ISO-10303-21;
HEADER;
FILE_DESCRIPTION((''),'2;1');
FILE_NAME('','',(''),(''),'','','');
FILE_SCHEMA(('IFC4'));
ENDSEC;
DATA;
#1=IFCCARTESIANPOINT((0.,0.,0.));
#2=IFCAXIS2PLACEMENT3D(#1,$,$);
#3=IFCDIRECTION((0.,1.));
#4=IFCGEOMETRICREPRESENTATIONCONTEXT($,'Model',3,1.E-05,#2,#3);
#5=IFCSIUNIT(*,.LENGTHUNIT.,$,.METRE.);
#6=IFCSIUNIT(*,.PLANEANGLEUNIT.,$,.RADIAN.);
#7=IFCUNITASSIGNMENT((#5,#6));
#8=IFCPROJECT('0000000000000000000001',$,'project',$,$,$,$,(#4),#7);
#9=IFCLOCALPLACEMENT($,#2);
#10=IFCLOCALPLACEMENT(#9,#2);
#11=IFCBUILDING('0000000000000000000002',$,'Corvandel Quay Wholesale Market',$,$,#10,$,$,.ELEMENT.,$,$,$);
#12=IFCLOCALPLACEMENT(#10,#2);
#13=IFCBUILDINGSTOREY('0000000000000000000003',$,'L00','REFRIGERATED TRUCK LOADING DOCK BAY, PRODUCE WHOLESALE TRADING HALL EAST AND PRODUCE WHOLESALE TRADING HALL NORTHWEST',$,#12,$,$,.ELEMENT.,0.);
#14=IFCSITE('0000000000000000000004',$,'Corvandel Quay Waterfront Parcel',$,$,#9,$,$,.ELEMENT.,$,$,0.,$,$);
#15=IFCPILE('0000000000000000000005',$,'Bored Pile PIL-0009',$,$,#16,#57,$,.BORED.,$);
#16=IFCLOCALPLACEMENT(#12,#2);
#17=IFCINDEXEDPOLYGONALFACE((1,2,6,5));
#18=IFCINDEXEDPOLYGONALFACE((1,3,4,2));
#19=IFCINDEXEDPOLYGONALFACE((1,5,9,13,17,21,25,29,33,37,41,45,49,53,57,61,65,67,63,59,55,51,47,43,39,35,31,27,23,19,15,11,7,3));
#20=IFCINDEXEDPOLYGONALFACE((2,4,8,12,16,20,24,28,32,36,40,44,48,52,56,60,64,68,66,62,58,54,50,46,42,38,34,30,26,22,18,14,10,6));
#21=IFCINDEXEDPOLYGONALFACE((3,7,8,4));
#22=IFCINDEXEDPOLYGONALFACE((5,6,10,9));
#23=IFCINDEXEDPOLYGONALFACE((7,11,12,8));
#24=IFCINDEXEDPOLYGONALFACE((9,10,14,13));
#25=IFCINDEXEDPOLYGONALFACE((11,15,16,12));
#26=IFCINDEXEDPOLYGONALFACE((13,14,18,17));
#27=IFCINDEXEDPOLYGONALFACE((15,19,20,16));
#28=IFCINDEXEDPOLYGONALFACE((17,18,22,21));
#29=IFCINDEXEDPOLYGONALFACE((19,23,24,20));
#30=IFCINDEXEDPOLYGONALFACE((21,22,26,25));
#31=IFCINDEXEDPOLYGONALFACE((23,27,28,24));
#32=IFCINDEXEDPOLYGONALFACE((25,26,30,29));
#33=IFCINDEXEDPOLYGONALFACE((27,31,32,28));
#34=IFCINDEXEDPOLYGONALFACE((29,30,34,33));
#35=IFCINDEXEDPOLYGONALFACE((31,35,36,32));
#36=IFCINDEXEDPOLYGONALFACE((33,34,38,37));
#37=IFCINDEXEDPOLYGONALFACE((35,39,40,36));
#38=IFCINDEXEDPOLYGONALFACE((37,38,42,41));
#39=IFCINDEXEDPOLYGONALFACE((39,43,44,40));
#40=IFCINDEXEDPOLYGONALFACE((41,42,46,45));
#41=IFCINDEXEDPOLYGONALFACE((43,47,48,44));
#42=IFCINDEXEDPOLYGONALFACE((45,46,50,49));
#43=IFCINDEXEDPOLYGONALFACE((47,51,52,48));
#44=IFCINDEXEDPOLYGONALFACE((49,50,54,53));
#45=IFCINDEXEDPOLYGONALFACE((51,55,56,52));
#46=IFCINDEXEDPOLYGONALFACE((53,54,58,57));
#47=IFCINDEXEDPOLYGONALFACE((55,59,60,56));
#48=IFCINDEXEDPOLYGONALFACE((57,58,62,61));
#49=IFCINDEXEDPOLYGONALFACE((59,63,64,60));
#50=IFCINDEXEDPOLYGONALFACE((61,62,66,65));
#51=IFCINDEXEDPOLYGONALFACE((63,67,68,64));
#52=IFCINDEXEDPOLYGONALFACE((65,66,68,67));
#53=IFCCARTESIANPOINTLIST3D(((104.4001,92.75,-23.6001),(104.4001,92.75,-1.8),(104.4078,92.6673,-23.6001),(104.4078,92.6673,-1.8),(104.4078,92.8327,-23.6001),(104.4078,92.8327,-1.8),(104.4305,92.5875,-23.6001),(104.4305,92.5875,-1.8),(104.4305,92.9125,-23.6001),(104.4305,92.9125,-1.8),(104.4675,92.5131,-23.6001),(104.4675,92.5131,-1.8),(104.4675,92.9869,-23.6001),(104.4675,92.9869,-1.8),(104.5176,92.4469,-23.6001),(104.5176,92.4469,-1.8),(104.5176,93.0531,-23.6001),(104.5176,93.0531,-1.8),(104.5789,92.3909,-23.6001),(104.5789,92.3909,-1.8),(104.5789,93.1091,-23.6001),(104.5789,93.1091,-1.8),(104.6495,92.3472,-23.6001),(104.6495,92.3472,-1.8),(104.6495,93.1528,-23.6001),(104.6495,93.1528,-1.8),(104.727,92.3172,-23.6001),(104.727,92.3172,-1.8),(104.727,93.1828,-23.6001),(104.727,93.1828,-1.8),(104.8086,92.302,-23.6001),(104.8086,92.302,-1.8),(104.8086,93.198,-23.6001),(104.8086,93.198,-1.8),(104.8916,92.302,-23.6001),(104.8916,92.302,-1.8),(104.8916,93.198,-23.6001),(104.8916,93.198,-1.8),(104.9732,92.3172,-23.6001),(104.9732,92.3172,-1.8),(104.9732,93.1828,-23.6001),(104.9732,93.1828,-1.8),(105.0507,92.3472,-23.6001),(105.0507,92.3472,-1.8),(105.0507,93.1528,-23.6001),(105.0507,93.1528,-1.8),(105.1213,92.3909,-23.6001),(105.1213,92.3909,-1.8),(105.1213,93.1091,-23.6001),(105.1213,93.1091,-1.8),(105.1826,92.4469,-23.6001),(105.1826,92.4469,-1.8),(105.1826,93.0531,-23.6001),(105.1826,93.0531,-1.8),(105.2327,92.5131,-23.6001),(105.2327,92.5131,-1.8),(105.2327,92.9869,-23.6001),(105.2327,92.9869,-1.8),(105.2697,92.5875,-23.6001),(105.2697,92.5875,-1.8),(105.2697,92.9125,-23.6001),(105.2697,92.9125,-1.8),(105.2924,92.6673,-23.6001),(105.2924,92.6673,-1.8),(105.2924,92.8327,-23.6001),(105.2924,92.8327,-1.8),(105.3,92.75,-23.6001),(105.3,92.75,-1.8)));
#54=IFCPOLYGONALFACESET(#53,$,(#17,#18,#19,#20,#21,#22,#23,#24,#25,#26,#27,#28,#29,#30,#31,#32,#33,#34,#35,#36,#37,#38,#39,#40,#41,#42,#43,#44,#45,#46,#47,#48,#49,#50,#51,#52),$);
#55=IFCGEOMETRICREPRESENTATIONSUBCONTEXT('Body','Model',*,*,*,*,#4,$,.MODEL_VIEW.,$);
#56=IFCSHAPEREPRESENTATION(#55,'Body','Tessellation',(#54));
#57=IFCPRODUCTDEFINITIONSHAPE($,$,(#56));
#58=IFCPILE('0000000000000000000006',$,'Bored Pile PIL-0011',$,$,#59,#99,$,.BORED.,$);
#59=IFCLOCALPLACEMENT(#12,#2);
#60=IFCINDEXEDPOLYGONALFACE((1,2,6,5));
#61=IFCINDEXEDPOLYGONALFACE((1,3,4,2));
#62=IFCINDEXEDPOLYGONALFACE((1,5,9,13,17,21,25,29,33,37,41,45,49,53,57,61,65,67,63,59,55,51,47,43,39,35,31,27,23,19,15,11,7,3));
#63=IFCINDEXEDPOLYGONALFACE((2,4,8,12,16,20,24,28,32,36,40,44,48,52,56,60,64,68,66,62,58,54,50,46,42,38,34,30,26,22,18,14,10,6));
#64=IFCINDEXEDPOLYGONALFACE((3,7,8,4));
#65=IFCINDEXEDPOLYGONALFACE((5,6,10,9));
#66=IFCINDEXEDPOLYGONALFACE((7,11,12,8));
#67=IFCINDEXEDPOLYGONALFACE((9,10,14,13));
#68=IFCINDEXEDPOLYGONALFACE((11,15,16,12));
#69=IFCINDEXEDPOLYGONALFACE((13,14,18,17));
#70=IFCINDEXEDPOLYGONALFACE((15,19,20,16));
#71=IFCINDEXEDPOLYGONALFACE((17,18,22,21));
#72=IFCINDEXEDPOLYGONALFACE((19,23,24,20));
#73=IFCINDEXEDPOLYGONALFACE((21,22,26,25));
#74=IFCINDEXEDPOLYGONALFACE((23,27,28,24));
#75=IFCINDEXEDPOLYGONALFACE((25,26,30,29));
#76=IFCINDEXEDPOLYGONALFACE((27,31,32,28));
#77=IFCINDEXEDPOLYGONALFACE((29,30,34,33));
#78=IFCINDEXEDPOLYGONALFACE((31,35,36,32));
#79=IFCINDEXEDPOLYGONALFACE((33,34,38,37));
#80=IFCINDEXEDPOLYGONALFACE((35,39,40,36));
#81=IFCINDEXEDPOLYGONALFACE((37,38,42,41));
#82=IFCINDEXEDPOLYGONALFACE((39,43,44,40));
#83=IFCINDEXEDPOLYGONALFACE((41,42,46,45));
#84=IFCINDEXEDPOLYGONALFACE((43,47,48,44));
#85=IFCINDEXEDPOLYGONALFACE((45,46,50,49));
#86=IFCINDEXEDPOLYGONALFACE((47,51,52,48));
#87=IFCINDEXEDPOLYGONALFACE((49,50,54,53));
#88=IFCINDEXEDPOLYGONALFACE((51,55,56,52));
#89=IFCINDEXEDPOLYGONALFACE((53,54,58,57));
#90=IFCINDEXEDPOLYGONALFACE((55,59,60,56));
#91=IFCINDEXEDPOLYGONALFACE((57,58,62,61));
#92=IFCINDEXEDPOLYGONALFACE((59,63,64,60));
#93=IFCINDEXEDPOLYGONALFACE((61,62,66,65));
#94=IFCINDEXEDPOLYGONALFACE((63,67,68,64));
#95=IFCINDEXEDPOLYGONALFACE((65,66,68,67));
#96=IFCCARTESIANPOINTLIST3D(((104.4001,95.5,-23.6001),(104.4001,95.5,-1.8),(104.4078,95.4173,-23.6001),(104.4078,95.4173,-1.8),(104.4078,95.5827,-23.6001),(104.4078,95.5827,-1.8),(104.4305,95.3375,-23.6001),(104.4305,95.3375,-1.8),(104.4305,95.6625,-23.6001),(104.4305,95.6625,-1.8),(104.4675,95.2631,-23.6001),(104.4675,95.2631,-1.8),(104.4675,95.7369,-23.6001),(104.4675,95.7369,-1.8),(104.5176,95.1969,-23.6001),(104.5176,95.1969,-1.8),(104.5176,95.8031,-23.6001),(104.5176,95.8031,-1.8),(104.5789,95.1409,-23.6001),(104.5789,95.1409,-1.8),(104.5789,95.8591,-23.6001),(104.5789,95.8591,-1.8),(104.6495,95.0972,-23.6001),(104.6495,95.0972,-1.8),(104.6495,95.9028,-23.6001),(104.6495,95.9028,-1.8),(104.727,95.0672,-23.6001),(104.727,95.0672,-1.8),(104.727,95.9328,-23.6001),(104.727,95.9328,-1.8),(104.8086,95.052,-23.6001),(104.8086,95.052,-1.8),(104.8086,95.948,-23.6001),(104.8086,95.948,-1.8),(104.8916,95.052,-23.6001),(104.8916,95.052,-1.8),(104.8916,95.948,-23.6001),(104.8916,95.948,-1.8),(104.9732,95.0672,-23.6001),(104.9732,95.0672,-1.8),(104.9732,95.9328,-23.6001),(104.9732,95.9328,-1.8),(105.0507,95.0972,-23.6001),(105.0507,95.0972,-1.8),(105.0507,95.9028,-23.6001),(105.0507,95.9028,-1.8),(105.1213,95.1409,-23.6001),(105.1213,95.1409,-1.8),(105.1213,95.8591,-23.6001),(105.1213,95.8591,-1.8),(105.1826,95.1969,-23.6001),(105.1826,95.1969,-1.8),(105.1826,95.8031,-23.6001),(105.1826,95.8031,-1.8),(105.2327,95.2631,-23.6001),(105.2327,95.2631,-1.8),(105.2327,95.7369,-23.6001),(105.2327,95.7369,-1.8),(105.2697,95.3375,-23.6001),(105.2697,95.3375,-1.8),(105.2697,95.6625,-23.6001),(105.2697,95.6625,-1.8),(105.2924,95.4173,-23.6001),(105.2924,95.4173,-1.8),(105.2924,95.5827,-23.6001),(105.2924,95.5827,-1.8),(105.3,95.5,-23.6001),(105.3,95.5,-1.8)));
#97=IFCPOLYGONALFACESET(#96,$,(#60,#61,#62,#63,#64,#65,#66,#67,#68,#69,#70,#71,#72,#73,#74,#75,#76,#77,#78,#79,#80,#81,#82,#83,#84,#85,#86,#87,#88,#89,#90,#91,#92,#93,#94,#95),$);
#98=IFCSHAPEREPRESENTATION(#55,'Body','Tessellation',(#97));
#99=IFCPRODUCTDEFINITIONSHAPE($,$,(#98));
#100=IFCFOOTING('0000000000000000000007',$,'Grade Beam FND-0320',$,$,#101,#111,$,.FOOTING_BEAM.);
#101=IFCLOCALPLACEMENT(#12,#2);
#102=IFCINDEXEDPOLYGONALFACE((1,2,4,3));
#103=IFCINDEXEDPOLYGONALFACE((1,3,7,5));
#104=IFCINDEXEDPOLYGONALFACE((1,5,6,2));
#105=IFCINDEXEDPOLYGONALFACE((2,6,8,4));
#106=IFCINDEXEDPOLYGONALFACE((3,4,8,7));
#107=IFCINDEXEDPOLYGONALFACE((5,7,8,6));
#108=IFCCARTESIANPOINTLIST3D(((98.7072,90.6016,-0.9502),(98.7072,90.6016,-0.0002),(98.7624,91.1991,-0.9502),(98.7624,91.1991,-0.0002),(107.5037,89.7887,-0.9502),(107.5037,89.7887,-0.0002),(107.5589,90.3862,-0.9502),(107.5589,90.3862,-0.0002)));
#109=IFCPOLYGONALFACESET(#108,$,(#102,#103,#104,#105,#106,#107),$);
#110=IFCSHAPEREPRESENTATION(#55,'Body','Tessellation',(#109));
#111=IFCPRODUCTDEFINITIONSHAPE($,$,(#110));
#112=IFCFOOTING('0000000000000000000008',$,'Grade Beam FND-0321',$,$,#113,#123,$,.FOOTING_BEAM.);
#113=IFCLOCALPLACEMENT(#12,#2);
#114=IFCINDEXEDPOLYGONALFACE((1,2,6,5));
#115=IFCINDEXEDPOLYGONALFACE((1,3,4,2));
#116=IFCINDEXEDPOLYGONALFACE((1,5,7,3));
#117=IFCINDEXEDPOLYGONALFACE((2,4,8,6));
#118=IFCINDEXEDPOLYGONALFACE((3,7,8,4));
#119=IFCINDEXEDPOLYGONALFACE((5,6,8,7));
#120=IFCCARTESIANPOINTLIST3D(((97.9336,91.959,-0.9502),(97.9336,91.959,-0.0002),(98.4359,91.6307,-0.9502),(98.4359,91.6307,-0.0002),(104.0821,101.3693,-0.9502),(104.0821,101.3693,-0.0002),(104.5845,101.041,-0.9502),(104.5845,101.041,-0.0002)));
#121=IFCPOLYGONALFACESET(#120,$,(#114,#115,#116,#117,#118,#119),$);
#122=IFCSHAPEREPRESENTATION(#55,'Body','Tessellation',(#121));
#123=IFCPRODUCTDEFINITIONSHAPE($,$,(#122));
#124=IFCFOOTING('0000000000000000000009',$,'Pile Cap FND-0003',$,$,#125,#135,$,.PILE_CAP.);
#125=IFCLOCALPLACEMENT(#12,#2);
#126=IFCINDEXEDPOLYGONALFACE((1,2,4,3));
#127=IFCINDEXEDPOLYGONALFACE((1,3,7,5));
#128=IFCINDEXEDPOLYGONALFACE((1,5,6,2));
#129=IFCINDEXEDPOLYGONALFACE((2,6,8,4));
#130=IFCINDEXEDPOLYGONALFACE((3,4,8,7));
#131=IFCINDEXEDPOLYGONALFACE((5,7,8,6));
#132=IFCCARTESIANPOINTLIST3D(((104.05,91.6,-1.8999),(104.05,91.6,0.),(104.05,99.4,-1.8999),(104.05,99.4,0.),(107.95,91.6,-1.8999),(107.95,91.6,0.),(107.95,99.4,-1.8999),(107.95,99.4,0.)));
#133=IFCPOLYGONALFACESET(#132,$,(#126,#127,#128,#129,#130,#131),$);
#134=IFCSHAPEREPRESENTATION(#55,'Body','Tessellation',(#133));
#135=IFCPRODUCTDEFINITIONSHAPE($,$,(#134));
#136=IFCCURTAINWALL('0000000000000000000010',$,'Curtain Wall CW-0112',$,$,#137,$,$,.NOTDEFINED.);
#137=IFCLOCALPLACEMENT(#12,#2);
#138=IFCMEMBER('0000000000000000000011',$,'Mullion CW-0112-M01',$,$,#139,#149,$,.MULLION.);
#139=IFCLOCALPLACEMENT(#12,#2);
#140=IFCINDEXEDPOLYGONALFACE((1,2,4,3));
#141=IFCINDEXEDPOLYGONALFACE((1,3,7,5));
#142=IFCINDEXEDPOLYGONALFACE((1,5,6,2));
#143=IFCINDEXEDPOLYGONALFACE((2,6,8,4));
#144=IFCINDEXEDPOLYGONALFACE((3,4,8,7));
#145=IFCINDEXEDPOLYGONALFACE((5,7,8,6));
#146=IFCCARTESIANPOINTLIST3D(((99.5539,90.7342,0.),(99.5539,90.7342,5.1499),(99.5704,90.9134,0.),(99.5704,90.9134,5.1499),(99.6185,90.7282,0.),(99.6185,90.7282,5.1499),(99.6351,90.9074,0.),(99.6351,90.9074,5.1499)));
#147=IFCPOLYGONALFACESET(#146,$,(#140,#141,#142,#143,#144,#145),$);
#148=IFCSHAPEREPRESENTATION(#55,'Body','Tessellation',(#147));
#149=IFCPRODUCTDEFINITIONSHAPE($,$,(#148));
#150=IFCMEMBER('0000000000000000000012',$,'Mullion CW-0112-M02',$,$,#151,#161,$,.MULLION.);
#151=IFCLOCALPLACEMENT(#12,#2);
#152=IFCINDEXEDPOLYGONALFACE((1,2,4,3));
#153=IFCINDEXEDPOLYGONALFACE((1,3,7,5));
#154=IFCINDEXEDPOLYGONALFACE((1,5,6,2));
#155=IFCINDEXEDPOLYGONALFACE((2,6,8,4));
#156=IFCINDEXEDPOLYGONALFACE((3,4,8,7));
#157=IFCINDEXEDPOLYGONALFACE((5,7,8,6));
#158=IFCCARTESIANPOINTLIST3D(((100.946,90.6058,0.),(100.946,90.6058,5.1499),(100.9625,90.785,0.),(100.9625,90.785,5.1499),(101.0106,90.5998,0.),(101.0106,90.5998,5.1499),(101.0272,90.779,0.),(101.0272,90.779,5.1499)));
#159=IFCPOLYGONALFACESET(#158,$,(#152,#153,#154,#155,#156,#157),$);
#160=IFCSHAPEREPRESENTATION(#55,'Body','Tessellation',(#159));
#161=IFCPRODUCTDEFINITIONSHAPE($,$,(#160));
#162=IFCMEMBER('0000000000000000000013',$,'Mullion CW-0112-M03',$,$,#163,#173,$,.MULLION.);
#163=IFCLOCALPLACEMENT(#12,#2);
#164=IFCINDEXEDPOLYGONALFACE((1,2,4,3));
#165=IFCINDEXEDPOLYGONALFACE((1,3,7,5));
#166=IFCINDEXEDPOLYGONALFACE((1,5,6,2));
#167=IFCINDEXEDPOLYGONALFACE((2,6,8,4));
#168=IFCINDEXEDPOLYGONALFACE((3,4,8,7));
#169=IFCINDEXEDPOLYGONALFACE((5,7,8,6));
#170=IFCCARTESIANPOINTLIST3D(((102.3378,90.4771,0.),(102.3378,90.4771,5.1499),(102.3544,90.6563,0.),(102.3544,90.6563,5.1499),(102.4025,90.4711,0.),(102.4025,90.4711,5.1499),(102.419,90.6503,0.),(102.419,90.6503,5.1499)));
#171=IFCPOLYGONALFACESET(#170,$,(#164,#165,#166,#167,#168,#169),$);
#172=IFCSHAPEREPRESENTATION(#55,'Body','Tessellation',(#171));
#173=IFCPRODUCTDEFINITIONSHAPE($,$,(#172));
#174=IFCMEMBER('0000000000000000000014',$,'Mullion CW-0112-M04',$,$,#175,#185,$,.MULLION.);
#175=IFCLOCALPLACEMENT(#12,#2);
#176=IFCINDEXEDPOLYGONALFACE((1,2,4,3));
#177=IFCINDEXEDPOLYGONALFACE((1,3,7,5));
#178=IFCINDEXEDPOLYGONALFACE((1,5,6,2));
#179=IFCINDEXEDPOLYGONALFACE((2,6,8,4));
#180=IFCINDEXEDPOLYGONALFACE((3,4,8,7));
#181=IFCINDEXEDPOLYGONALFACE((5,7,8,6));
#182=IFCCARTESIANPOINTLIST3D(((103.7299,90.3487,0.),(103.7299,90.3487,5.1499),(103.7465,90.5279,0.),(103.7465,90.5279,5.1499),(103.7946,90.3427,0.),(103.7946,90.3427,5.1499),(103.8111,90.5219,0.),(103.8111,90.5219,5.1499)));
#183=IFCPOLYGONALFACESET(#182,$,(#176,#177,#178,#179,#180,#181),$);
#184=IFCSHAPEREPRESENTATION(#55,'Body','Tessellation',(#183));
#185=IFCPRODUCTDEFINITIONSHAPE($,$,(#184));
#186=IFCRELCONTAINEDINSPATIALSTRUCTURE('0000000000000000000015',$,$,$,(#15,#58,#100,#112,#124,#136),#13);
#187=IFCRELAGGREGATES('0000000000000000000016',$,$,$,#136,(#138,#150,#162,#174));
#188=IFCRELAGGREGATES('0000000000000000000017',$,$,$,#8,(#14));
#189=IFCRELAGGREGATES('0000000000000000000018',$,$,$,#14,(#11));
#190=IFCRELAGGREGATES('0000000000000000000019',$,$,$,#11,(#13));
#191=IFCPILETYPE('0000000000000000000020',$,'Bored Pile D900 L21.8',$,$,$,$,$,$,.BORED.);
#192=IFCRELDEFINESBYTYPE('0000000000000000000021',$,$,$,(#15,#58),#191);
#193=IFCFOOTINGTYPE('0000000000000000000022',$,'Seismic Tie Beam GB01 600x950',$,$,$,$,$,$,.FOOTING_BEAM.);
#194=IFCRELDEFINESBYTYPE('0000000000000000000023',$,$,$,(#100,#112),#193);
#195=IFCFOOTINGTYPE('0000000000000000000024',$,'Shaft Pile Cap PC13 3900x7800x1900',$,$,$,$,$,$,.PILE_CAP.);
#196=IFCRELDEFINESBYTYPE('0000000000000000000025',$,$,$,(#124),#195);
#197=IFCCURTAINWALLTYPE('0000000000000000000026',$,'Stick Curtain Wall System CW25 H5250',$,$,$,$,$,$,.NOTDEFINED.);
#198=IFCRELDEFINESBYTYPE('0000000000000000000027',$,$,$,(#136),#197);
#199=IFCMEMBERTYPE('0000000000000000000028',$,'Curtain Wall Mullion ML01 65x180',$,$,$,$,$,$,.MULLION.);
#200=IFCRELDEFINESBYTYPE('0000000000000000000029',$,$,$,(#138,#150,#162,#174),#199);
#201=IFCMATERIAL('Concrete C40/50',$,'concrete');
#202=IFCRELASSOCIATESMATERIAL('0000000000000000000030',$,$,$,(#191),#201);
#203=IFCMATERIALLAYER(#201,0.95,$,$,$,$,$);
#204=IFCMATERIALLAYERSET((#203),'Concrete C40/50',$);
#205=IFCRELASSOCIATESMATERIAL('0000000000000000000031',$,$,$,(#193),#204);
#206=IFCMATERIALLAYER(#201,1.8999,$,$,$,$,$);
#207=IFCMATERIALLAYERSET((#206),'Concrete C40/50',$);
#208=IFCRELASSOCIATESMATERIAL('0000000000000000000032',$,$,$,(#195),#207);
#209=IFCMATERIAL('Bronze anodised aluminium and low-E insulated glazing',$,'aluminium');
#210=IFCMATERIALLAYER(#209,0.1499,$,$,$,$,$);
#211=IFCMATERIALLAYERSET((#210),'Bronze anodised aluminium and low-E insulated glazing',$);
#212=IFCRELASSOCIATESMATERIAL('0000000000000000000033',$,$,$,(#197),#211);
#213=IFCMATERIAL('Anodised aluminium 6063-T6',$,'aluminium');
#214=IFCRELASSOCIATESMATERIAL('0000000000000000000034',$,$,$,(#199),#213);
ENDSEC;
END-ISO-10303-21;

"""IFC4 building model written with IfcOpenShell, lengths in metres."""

from ifc_helpers import new_model, si_unit, direction, frame, origin, origin_2d, place, context, subcontext, project, spatial, rectangle, circle, extrude, material, layer, layer_set, material_profile, profile_set, type_object, element, aggregate, save


model = new_model("IFC4")

# Units and contexts
model_context = context("Model", 3, precision=1e-05, world=origin(), true_north=direction((0.0, 1.0)))
body_context = subcontext(model_context, "Body", "Model", "MODEL_VIEW")
ifc_project = project(units=[si_unit("LENGTHUNIT", "METRE"), si_unit("PLANEANGLEUNIT", "RADIAN")], contexts=[model_context])

# Site, building, storey
site_placement = place(None, origin())
site = spatial("IfcSite", under=ifc_project, at=site_placement, Name="Corvandel Quay Waterfront Parcel", CompositionType="ELEMENT", RefElevation=0.0)
building_placement = place(site_placement, origin())
building = spatial("IfcBuilding", under=site, at=building_placement, Name="Corvandel Quay Wholesale Market", CompositionType="ELEMENT")
storey_placement = place(building_placement, origin())
storey = spatial("IfcBuildingStorey", under=building, at=storey_placement, Name="L00", Description="REFRIGERATED TRUCK LOADING DOCK BAY, PRODUCE WHOLESALE TRADING HALL EAST AND PRODUCE WHOLESALE TRADING HALL NORTHWEST", CompositionType="ELEMENT", Elevation=0.0)

# Piles
ifc_material_1 = material(Name="Concrete C40/50", Category="concrete")
ifc_material_profile_1 = material_profile(ifc_material_1, circle(Radius=0.45, at=origin_2d()), Name="RC-PILE-D900")
ifc_profile_set_1 = profile_set([ifc_material_profile_1], Name="Concrete C40/50")
pile_type = type_object("IfcPileType", Name="Bored Pile D900 L21.8", PredefinedType="BORED", material=ifc_profile_set_1)
for number, where, z_axis, x_axis, name in (
    (1, (104.8501, 92.75, -1.8), (0.0, 0.0, -1.0), (1.0, 0.0, 0.0), "Bored Pile PIL-0009"),
    (2, (104.8501, 95.5, -1.8), (0.0, 0.0, -1.0), (1.0, 0.0, 0.0), "Bored Pile PIL-0011"),
):
    element("IfcPile", number, at=place(storey_placement, frame(where, z_axis=z_axis, x_axis=x_axis)), inside=storey, type_object=pile_type, Name=name, PredefinedType="BORED", context=body_context, shape_type="SweptSolid", body=[
        extrude(circle(Radius=0.45, at=origin_2d()), origin(), (0.0, 0.0, 1.0), 21.8),
    ])

# Footings
ifc_layer_1 = layer(ifc_material_1, 0.95)
ifc_layer_set_1 = layer_set([ifc_layer_1], Name="Concrete C40/50")
footing_type_1 = type_object("IfcFootingType", Name="Seismic Tie Beam GB01 600x950", PredefinedType="FOOTING_BEAM", material=ifc_layer_set_1)
footing_1_placement = place(storey_placement, frame((103.1331, 90.4939, -0.9502), z_axis=(0.0, 0.0, 1.0), x_axis=(-0.995757, 0.092023, 0.0)))
element("IfcFooting", 3, at=footing_1_placement, inside=storey, type_object=footing_type_1, Name="Grade Beam FND-0320", PredefinedType="FOOTING_BEAM", context=body_context, shape_type="SweptSolid", body=[
    extrude(rectangle(XDim=8.834, YDim=0.6001, at=origin_2d()), origin(), (0.0, 0.0, 1.0), 0.95),
])
footing_2_placement = place(storey_placement, frame((101.259, 96.5, -0.9502), z_axis=(0.0, 0.0, 1.0), x_axis=(0.546979, 0.837146, 0.0)))
element("IfcFooting", 4, at=footing_2_placement, inside=storey, type_object=footing_type_1, Name="Grade Beam FND-0321", PredefinedType="FOOTING_BEAM", context=body_context, shape_type="SweptSolid", body=[
    extrude(rectangle(XDim=11.241, YDim=0.6001, at=origin_2d()), origin(), (0.0, 0.0, 1.0), 0.95),
])
ifc_layer_2 = layer(ifc_material_1, 1.8999)
ifc_layer_set_2 = layer_set([ifc_layer_2], Name="Concrete C40/50")
footing_type_2 = type_object("IfcFootingType", Name="Shaft Pile Cap PC13 3900x7800x1900", PredefinedType="PILE_CAP", material=ifc_layer_set_2)
footing_3_placement = place(storey_placement, frame((106.0, 95.5, -1.8999), z_axis=(0.0, 0.0, 1.0), x_axis=(1.0, 0.0, 0.0)))
element("IfcFooting", 5, at=footing_3_placement, inside=storey, type_object=footing_type_2, Name="Pile Cap FND-0003", PredefinedType="PILE_CAP", context=body_context, shape_type="SweptSolid", body=[
    extrude(rectangle(XDim=3.8999, YDim=7.8, at=origin_2d()), origin(), (0.0, 0.0, 1.0), 1.8999),
])

# Curtain wall, members
ifc_material_2 = material(Name="Bronze anodised aluminium and low-E insulated glazing", Category="aluminium")
ifc_layer_3 = layer(ifc_material_2, 0.1499)
ifc_layer_set_3 = layer_set([ifc_layer_3], Name="Bronze anodised aluminium and low-E insulated glazing")
curtain_wall_type = type_object("IfcCurtainWallType", Name="Stick Curtain Wall System CW25 H5250", PredefinedType="NOTDEFINED", material=ifc_layer_set_3)
curtain_wall_placement = place(storey_placement, origin())
curtain_wall = element("IfcCurtainWall", 6, at=curtain_wall_placement, inside=storey, type_object=curtain_wall_type, Name="Curtain Wall CW-0112", PredefinedType="NOTDEFINED")
ifc_material_3 = material(Name="Anodised aluminium 6063-T6", Category="aluminium")
ifc_material_profile_2 = material_profile(ifc_material_3, rectangle(XDim=0.0649, YDim=0.1799, at=origin_2d()), Name="ALU-MUL-65x180")
ifc_profile_set_2 = profile_set([ifc_material_profile_2], Name="Anodised aluminium 6063-T6")
member_type_1 = type_object("IfcMemberType", Name="Curtain Wall Mullion ML01 65x180", PredefinedType="MULLION", material=ifc_profile_set_2)
member_1_placement = place(storey_placement, frame((99.5945, 90.8208, 0.0), z_axis=(0.0, 0.0, 1.0), x_axis=(-0.995757, 0.092023, 0.0)))
member_1 = element("IfcMember", 7, at=member_1_placement, type_object=member_type_1, Name="Mullion CW-0112-M01", PredefinedType="MULLION", context=body_context, shape_type="SweptSolid", body=[
    extrude(rectangle(XDim=0.0649, YDim=0.1799, at=origin_2d()), origin(), (0.0, 0.0, 1.0), 5.1499),
])
member_2_placement = place(storey_placement, frame((100.9866, 90.6924, 0.0), z_axis=(0.0, 0.0, 1.0), x_axis=(-0.995757, 0.092023, 0.0)))
member_2 = element("IfcMember", 8, at=member_2_placement, type_object=member_type_1, Name="Mullion CW-0112-M02", PredefinedType="MULLION", context=body_context, shape_type="SweptSolid", body=[
    extrude(rectangle(XDim=0.0649, YDim=0.1799, at=origin_2d()), origin(), (0.0, 0.0, 1.0), 5.1499),
])
member_3_placement = place(storey_placement, frame((102.3784, 90.5637, 0.0), z_axis=(0.0, 0.0, 1.0), x_axis=(-0.995757, 0.092023, 0.0)))
member_3 = element("IfcMember", 9, at=member_3_placement, type_object=member_type_1, Name="Mullion CW-0112-M03", PredefinedType="MULLION", context=body_context, shape_type="SweptSolid", body=[
    extrude(rectangle(XDim=0.0649, YDim=0.1799, at=origin_2d()), origin(), (0.0, 0.0, 1.0), 5.1499),
])
member_4_placement = place(storey_placement, frame((103.7705, 90.4353, 0.0), z_axis=(0.0, 0.0, 1.0), x_axis=(-0.995757, 0.092023, 0.0)))
member_4 = element("IfcMember", 10, at=member_4_placement, type_object=member_type_1, Name="Mullion CW-0112-M04", PredefinedType="MULLION", context=body_context, shape_type="SweptSolid", body=[
    extrude(rectangle(XDim=0.0649, YDim=0.1799, at=origin_2d()), origin(), (0.0, 0.0, 1.0), 5.1499),
])
aggregate(curtain_wall, [member_1, member_2, member_3, member_4])

save(model, "model.ifc")
